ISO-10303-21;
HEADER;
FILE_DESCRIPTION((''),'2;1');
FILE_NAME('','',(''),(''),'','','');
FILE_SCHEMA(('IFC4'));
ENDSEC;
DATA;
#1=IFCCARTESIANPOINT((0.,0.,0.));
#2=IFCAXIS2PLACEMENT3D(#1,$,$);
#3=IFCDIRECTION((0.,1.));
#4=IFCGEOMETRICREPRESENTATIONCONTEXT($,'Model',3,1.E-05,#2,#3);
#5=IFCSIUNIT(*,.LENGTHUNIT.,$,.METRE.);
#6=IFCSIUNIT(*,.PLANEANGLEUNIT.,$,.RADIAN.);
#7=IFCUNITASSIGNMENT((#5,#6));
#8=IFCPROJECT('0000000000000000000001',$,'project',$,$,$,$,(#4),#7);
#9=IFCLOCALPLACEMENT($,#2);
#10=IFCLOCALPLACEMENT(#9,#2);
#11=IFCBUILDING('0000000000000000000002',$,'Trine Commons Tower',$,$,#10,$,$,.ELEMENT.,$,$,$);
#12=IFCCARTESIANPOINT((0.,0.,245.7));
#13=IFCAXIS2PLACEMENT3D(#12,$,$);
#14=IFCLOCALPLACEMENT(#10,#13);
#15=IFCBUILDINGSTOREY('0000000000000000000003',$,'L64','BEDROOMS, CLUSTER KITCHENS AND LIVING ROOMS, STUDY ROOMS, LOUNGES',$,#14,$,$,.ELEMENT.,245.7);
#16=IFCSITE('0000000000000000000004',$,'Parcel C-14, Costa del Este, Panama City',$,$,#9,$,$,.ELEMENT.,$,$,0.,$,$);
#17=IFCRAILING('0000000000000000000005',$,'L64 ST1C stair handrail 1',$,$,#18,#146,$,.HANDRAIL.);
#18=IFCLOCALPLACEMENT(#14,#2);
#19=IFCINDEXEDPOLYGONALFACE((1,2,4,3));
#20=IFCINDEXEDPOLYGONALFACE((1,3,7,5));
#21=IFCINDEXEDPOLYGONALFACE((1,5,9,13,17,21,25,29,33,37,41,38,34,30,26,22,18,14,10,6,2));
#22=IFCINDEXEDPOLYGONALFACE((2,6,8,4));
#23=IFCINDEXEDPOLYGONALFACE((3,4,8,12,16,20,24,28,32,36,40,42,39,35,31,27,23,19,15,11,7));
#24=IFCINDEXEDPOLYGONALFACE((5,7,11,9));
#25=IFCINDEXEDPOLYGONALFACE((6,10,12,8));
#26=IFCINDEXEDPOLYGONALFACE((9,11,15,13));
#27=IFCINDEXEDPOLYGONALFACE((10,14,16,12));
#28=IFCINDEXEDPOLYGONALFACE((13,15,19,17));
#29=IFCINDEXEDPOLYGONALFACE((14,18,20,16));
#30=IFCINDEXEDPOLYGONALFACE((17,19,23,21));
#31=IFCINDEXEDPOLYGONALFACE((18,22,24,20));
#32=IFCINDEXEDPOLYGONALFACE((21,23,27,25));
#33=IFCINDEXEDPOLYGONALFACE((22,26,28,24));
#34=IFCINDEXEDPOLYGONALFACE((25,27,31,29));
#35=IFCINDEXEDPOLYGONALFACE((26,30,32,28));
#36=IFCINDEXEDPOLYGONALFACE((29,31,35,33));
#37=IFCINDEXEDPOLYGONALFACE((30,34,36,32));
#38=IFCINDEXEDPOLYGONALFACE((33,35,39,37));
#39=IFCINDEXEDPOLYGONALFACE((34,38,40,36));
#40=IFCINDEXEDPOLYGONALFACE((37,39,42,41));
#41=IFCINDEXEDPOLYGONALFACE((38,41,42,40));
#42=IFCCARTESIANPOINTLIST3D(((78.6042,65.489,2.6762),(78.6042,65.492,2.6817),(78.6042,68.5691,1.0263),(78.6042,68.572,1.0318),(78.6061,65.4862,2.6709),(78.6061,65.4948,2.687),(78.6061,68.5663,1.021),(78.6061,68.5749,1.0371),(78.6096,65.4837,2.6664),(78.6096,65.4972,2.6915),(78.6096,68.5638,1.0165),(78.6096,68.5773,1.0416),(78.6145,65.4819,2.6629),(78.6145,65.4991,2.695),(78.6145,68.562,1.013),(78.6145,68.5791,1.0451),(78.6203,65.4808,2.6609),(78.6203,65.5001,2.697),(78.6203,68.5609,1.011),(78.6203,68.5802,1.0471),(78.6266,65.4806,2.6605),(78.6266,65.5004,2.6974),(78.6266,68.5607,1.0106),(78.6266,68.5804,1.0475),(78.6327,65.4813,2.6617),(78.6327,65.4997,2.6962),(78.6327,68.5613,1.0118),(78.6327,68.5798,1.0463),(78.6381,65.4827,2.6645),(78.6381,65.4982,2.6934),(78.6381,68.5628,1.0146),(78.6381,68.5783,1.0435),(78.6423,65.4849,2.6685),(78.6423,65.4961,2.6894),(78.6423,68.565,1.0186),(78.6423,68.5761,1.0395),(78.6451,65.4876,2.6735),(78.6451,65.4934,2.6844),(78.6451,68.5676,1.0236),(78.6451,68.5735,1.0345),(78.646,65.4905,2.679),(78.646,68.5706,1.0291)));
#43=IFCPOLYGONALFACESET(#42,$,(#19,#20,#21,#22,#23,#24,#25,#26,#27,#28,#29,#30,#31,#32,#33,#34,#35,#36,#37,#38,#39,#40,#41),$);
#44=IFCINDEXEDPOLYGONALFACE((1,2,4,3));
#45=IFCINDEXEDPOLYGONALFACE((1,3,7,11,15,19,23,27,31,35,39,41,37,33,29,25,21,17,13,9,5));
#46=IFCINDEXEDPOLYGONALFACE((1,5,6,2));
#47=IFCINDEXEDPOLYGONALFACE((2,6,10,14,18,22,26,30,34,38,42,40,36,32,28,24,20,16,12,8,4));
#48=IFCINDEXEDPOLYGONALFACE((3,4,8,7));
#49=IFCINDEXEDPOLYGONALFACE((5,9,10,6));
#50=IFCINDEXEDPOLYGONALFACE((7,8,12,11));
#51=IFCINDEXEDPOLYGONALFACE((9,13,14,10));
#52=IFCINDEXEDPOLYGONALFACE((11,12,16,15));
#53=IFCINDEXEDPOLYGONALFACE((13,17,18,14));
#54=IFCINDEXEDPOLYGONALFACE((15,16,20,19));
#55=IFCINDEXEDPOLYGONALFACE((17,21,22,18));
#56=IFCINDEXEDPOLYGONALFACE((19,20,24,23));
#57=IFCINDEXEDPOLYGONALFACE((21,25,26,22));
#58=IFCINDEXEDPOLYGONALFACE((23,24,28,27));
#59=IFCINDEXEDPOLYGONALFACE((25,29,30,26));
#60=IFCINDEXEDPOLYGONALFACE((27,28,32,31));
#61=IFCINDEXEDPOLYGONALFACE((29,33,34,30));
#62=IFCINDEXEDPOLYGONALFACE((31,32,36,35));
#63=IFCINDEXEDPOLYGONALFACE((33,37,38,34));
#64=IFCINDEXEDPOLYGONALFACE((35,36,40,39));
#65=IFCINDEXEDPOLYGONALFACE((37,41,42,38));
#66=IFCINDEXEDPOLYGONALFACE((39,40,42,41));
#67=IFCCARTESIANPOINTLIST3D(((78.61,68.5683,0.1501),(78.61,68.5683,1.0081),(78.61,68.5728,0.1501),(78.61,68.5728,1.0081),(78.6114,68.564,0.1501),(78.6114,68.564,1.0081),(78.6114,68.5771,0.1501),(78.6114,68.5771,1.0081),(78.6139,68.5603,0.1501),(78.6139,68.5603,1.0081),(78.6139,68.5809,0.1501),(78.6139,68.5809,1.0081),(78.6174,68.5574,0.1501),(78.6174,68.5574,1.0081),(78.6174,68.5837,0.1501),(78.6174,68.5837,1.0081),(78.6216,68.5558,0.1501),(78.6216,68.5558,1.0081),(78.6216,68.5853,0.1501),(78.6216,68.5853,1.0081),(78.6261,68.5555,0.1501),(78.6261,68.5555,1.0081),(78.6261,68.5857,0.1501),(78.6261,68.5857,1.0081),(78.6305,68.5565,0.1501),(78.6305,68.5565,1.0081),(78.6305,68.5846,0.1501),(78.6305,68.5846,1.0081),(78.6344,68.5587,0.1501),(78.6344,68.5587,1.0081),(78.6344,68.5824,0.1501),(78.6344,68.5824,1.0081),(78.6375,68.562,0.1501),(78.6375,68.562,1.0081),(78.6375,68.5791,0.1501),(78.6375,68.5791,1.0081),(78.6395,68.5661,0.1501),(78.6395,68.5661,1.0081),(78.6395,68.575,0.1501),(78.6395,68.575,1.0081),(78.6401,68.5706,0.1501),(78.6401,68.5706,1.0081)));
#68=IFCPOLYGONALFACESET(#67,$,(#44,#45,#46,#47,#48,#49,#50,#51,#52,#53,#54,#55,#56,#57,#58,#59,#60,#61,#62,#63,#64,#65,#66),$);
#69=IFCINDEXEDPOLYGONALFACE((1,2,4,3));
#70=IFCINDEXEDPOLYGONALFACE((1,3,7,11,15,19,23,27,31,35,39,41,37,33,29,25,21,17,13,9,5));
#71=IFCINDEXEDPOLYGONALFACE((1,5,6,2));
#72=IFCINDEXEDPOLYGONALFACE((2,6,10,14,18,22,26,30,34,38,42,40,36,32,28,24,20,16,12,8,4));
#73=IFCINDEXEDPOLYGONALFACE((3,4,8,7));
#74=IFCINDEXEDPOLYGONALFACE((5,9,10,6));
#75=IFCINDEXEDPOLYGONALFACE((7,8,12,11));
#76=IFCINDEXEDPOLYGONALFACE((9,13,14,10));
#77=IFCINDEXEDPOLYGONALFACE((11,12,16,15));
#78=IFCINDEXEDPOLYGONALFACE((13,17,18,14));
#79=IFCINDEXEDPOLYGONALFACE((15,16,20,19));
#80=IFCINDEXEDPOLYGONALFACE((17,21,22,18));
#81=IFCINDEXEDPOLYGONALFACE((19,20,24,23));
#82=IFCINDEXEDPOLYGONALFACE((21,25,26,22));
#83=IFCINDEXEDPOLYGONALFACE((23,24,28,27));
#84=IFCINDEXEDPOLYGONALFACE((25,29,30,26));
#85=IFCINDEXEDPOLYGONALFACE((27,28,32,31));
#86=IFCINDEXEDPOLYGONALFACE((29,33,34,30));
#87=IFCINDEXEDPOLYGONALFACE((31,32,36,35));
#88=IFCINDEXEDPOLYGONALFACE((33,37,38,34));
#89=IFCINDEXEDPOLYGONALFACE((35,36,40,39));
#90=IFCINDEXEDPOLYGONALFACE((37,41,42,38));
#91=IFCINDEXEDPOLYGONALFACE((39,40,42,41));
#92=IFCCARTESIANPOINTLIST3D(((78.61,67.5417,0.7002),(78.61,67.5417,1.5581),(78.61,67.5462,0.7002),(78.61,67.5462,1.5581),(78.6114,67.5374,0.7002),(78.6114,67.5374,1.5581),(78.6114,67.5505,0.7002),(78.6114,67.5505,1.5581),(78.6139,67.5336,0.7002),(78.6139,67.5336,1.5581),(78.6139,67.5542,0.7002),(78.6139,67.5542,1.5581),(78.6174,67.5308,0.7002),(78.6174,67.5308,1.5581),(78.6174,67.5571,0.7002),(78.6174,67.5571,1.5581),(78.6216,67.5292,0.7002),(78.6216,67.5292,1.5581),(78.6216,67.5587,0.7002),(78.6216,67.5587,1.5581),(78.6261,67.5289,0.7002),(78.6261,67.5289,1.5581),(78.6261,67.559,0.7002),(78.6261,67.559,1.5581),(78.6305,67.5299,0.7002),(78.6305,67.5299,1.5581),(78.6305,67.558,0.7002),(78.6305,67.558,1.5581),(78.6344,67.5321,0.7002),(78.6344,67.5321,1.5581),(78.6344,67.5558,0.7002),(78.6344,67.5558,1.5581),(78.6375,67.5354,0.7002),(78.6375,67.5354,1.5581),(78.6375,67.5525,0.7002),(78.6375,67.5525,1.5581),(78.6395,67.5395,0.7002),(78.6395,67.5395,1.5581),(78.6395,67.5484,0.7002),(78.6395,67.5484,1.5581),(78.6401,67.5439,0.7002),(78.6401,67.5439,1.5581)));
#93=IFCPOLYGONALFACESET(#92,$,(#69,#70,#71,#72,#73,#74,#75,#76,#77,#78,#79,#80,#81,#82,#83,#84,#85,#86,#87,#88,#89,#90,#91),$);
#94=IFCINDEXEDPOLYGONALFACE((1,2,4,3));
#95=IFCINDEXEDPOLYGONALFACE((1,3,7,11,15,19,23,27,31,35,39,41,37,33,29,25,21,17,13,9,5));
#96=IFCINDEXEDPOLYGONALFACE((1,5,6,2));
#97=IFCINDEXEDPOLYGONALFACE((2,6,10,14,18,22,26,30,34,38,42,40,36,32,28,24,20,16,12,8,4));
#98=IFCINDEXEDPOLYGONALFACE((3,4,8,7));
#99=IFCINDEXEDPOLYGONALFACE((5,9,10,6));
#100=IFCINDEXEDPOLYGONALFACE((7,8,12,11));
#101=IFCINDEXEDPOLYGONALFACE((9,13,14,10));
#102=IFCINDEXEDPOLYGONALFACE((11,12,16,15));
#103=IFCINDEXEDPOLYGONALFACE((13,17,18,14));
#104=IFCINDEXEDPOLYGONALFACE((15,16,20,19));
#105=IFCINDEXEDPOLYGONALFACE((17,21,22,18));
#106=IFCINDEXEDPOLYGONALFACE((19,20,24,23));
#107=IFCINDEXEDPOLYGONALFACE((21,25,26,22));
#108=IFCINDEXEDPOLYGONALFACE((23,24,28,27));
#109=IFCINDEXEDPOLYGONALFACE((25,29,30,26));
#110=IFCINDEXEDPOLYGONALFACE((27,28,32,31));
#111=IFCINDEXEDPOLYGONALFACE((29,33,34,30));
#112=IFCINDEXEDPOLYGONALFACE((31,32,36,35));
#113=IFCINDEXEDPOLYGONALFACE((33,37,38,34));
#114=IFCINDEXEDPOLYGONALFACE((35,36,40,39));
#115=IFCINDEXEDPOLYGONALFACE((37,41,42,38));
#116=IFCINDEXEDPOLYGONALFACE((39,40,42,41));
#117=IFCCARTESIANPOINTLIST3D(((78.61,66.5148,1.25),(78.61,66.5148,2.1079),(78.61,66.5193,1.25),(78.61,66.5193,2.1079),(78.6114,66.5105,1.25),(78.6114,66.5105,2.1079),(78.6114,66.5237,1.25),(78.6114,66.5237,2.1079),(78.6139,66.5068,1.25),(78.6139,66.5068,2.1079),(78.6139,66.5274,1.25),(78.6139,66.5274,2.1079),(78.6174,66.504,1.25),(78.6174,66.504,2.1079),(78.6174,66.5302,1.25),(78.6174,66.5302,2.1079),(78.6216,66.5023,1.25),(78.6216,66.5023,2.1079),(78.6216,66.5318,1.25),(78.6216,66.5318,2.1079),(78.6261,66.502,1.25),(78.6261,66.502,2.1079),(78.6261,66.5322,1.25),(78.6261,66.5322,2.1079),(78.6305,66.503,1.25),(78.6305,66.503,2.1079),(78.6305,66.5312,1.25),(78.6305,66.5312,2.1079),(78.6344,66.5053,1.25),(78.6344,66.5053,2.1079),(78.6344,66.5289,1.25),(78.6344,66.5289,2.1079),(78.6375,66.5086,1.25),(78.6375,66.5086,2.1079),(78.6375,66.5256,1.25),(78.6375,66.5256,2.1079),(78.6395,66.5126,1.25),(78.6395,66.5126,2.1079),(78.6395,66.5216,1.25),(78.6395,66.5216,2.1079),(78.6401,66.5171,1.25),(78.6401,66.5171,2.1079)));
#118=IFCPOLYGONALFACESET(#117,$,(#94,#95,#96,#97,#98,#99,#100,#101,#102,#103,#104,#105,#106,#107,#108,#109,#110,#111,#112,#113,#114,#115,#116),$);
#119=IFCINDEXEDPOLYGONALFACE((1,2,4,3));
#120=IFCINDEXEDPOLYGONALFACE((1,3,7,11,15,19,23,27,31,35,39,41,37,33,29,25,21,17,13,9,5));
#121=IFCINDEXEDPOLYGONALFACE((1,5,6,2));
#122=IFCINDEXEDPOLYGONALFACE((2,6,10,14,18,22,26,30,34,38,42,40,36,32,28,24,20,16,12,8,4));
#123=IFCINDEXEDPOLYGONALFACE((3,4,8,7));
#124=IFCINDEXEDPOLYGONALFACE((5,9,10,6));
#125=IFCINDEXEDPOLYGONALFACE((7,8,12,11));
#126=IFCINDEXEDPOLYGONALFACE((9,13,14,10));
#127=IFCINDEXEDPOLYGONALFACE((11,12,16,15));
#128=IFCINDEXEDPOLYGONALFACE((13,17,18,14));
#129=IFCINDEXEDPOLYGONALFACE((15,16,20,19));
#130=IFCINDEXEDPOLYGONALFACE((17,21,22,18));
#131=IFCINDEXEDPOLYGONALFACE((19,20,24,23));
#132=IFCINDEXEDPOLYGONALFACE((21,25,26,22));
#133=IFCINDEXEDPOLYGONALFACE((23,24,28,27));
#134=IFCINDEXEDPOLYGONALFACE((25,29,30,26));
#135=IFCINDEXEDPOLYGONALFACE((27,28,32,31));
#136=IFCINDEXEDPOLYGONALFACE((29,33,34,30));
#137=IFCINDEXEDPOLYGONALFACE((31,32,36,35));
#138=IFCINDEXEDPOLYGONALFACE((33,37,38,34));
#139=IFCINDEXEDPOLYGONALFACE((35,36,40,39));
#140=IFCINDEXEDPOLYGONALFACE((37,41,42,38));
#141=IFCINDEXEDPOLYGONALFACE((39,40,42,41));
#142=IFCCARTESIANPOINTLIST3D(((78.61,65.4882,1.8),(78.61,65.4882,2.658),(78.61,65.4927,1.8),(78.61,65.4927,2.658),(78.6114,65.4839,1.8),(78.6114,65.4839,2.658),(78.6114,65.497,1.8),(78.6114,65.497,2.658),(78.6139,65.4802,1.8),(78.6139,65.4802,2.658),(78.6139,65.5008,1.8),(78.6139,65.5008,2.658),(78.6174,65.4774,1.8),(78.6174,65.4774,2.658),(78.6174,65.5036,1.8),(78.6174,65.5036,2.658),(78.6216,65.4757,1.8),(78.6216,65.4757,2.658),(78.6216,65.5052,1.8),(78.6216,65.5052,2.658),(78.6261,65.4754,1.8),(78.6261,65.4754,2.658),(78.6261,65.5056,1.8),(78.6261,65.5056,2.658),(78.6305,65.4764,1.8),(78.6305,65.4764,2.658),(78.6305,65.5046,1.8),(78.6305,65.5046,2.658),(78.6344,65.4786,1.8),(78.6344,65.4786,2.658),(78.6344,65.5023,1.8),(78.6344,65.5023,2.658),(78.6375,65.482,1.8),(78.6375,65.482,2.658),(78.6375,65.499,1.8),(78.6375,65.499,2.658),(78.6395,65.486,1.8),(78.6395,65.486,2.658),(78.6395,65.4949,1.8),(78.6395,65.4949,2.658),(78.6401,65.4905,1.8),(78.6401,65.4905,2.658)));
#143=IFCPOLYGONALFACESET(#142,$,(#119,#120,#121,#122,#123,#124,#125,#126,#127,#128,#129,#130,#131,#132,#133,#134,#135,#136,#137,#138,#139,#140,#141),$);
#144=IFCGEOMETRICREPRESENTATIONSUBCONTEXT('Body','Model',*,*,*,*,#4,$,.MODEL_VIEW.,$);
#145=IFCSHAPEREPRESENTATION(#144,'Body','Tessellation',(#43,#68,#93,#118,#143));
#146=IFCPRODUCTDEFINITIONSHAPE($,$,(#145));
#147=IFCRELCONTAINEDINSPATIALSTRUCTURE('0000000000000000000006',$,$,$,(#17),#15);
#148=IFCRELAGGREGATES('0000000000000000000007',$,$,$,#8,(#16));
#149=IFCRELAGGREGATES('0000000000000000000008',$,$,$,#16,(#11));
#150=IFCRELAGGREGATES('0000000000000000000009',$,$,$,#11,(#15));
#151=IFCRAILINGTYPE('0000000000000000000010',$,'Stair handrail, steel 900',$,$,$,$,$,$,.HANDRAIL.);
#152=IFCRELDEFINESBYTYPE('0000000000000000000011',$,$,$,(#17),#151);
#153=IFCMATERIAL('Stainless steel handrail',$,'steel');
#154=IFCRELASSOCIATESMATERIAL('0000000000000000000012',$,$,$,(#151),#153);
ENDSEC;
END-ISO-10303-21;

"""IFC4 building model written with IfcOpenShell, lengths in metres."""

from ifc_helpers import new_model, si_unit, direction, frame, origin, origin_2d, place, context, subcontext, project, spatial, circle, extrude, material, type_object, element, save


model = new_model("IFC4")

# Units and contexts
model_context = context("Model", 3, precision=1e-05, world=origin(), true_north=direction((0.0, 1.0)))
body_context = subcontext(model_context, "Body", "Model", "MODEL_VIEW")
ifc_project = project(units=[si_unit("LENGTHUNIT", "METRE"), si_unit("PLANEANGLEUNIT", "RADIAN")], contexts=[model_context])

# Site, building, storey
site_placement = place(None, origin())
site = spatial("IfcSite", under=ifc_project, at=site_placement, Name="Parcel C-14, Costa del Este, Panama City", CompositionType="ELEMENT", RefElevation=0.0)
building_placement = place(site_placement, origin())
building = spatial("IfcBuilding", under=site, at=building_placement, Name="Trine Commons Tower", CompositionType="ELEMENT")
storey_placement = place(building_placement, frame((0.0, 0.0, 245.7)))
storey = spatial("IfcBuildingStorey", under=building, at=storey_placement, Name="L64", Description="BEDROOMS, CLUSTER KITCHENS AND LIVING ROOMS, STUDY ROOMS, LOUNGES", CompositionType="ELEMENT", Elevation=245.7)

# Railing
ifc_material_1 = material(Name="Stainless steel handrail", Category="steel")
railing_type_1 = type_object("IfcRailingType", Name="Stair handrail, steel 900", PredefinedType="HANDRAIL", material=ifc_material_1)
railing_1_placement = place(storey_placement, frame((78.625, 68.5706, 0.1501)))
element("IfcRailing", 1, at=railing_1_placement, inside=storey, type_object=railing_type_1, Name="L64 ST1C stair handrail 1", PredefinedType="HANDRAIL", context=body_context, shape_type="SweptSolid", body=[
    extrude(circle(Radius=0.021, at=origin_2d()), frame((0.0, 0.0, 0.8789), z_axis=(0.0, -0.881497, 0.47219), x_axis=(1.0, 0.0, 0.0)), (0.0, 0.0, 1.0), 3.4941),
    extrude(circle(Radius=0.0151, at=origin_2d()), origin(), (0.0, 0.0, 1.0), 0.8579),
    extrude(circle(Radius=0.0151, at=origin_2d()), frame((0.0, -1.0266, 0.55)), (0.0, 0.0, 1.0), 0.8579),
    extrude(circle(Radius=0.0151, at=origin_2d()), frame((0.0, -2.0535, 1.0999)), (0.0, 0.0, 1.0), 0.8579),
    extrude(circle(Radius=0.0151, at=origin_2d()), frame((0.0, -3.0801, 1.6499)), (0.0, 0.0, 1.0), 0.8579),
])

save(model, "model.ifc")
